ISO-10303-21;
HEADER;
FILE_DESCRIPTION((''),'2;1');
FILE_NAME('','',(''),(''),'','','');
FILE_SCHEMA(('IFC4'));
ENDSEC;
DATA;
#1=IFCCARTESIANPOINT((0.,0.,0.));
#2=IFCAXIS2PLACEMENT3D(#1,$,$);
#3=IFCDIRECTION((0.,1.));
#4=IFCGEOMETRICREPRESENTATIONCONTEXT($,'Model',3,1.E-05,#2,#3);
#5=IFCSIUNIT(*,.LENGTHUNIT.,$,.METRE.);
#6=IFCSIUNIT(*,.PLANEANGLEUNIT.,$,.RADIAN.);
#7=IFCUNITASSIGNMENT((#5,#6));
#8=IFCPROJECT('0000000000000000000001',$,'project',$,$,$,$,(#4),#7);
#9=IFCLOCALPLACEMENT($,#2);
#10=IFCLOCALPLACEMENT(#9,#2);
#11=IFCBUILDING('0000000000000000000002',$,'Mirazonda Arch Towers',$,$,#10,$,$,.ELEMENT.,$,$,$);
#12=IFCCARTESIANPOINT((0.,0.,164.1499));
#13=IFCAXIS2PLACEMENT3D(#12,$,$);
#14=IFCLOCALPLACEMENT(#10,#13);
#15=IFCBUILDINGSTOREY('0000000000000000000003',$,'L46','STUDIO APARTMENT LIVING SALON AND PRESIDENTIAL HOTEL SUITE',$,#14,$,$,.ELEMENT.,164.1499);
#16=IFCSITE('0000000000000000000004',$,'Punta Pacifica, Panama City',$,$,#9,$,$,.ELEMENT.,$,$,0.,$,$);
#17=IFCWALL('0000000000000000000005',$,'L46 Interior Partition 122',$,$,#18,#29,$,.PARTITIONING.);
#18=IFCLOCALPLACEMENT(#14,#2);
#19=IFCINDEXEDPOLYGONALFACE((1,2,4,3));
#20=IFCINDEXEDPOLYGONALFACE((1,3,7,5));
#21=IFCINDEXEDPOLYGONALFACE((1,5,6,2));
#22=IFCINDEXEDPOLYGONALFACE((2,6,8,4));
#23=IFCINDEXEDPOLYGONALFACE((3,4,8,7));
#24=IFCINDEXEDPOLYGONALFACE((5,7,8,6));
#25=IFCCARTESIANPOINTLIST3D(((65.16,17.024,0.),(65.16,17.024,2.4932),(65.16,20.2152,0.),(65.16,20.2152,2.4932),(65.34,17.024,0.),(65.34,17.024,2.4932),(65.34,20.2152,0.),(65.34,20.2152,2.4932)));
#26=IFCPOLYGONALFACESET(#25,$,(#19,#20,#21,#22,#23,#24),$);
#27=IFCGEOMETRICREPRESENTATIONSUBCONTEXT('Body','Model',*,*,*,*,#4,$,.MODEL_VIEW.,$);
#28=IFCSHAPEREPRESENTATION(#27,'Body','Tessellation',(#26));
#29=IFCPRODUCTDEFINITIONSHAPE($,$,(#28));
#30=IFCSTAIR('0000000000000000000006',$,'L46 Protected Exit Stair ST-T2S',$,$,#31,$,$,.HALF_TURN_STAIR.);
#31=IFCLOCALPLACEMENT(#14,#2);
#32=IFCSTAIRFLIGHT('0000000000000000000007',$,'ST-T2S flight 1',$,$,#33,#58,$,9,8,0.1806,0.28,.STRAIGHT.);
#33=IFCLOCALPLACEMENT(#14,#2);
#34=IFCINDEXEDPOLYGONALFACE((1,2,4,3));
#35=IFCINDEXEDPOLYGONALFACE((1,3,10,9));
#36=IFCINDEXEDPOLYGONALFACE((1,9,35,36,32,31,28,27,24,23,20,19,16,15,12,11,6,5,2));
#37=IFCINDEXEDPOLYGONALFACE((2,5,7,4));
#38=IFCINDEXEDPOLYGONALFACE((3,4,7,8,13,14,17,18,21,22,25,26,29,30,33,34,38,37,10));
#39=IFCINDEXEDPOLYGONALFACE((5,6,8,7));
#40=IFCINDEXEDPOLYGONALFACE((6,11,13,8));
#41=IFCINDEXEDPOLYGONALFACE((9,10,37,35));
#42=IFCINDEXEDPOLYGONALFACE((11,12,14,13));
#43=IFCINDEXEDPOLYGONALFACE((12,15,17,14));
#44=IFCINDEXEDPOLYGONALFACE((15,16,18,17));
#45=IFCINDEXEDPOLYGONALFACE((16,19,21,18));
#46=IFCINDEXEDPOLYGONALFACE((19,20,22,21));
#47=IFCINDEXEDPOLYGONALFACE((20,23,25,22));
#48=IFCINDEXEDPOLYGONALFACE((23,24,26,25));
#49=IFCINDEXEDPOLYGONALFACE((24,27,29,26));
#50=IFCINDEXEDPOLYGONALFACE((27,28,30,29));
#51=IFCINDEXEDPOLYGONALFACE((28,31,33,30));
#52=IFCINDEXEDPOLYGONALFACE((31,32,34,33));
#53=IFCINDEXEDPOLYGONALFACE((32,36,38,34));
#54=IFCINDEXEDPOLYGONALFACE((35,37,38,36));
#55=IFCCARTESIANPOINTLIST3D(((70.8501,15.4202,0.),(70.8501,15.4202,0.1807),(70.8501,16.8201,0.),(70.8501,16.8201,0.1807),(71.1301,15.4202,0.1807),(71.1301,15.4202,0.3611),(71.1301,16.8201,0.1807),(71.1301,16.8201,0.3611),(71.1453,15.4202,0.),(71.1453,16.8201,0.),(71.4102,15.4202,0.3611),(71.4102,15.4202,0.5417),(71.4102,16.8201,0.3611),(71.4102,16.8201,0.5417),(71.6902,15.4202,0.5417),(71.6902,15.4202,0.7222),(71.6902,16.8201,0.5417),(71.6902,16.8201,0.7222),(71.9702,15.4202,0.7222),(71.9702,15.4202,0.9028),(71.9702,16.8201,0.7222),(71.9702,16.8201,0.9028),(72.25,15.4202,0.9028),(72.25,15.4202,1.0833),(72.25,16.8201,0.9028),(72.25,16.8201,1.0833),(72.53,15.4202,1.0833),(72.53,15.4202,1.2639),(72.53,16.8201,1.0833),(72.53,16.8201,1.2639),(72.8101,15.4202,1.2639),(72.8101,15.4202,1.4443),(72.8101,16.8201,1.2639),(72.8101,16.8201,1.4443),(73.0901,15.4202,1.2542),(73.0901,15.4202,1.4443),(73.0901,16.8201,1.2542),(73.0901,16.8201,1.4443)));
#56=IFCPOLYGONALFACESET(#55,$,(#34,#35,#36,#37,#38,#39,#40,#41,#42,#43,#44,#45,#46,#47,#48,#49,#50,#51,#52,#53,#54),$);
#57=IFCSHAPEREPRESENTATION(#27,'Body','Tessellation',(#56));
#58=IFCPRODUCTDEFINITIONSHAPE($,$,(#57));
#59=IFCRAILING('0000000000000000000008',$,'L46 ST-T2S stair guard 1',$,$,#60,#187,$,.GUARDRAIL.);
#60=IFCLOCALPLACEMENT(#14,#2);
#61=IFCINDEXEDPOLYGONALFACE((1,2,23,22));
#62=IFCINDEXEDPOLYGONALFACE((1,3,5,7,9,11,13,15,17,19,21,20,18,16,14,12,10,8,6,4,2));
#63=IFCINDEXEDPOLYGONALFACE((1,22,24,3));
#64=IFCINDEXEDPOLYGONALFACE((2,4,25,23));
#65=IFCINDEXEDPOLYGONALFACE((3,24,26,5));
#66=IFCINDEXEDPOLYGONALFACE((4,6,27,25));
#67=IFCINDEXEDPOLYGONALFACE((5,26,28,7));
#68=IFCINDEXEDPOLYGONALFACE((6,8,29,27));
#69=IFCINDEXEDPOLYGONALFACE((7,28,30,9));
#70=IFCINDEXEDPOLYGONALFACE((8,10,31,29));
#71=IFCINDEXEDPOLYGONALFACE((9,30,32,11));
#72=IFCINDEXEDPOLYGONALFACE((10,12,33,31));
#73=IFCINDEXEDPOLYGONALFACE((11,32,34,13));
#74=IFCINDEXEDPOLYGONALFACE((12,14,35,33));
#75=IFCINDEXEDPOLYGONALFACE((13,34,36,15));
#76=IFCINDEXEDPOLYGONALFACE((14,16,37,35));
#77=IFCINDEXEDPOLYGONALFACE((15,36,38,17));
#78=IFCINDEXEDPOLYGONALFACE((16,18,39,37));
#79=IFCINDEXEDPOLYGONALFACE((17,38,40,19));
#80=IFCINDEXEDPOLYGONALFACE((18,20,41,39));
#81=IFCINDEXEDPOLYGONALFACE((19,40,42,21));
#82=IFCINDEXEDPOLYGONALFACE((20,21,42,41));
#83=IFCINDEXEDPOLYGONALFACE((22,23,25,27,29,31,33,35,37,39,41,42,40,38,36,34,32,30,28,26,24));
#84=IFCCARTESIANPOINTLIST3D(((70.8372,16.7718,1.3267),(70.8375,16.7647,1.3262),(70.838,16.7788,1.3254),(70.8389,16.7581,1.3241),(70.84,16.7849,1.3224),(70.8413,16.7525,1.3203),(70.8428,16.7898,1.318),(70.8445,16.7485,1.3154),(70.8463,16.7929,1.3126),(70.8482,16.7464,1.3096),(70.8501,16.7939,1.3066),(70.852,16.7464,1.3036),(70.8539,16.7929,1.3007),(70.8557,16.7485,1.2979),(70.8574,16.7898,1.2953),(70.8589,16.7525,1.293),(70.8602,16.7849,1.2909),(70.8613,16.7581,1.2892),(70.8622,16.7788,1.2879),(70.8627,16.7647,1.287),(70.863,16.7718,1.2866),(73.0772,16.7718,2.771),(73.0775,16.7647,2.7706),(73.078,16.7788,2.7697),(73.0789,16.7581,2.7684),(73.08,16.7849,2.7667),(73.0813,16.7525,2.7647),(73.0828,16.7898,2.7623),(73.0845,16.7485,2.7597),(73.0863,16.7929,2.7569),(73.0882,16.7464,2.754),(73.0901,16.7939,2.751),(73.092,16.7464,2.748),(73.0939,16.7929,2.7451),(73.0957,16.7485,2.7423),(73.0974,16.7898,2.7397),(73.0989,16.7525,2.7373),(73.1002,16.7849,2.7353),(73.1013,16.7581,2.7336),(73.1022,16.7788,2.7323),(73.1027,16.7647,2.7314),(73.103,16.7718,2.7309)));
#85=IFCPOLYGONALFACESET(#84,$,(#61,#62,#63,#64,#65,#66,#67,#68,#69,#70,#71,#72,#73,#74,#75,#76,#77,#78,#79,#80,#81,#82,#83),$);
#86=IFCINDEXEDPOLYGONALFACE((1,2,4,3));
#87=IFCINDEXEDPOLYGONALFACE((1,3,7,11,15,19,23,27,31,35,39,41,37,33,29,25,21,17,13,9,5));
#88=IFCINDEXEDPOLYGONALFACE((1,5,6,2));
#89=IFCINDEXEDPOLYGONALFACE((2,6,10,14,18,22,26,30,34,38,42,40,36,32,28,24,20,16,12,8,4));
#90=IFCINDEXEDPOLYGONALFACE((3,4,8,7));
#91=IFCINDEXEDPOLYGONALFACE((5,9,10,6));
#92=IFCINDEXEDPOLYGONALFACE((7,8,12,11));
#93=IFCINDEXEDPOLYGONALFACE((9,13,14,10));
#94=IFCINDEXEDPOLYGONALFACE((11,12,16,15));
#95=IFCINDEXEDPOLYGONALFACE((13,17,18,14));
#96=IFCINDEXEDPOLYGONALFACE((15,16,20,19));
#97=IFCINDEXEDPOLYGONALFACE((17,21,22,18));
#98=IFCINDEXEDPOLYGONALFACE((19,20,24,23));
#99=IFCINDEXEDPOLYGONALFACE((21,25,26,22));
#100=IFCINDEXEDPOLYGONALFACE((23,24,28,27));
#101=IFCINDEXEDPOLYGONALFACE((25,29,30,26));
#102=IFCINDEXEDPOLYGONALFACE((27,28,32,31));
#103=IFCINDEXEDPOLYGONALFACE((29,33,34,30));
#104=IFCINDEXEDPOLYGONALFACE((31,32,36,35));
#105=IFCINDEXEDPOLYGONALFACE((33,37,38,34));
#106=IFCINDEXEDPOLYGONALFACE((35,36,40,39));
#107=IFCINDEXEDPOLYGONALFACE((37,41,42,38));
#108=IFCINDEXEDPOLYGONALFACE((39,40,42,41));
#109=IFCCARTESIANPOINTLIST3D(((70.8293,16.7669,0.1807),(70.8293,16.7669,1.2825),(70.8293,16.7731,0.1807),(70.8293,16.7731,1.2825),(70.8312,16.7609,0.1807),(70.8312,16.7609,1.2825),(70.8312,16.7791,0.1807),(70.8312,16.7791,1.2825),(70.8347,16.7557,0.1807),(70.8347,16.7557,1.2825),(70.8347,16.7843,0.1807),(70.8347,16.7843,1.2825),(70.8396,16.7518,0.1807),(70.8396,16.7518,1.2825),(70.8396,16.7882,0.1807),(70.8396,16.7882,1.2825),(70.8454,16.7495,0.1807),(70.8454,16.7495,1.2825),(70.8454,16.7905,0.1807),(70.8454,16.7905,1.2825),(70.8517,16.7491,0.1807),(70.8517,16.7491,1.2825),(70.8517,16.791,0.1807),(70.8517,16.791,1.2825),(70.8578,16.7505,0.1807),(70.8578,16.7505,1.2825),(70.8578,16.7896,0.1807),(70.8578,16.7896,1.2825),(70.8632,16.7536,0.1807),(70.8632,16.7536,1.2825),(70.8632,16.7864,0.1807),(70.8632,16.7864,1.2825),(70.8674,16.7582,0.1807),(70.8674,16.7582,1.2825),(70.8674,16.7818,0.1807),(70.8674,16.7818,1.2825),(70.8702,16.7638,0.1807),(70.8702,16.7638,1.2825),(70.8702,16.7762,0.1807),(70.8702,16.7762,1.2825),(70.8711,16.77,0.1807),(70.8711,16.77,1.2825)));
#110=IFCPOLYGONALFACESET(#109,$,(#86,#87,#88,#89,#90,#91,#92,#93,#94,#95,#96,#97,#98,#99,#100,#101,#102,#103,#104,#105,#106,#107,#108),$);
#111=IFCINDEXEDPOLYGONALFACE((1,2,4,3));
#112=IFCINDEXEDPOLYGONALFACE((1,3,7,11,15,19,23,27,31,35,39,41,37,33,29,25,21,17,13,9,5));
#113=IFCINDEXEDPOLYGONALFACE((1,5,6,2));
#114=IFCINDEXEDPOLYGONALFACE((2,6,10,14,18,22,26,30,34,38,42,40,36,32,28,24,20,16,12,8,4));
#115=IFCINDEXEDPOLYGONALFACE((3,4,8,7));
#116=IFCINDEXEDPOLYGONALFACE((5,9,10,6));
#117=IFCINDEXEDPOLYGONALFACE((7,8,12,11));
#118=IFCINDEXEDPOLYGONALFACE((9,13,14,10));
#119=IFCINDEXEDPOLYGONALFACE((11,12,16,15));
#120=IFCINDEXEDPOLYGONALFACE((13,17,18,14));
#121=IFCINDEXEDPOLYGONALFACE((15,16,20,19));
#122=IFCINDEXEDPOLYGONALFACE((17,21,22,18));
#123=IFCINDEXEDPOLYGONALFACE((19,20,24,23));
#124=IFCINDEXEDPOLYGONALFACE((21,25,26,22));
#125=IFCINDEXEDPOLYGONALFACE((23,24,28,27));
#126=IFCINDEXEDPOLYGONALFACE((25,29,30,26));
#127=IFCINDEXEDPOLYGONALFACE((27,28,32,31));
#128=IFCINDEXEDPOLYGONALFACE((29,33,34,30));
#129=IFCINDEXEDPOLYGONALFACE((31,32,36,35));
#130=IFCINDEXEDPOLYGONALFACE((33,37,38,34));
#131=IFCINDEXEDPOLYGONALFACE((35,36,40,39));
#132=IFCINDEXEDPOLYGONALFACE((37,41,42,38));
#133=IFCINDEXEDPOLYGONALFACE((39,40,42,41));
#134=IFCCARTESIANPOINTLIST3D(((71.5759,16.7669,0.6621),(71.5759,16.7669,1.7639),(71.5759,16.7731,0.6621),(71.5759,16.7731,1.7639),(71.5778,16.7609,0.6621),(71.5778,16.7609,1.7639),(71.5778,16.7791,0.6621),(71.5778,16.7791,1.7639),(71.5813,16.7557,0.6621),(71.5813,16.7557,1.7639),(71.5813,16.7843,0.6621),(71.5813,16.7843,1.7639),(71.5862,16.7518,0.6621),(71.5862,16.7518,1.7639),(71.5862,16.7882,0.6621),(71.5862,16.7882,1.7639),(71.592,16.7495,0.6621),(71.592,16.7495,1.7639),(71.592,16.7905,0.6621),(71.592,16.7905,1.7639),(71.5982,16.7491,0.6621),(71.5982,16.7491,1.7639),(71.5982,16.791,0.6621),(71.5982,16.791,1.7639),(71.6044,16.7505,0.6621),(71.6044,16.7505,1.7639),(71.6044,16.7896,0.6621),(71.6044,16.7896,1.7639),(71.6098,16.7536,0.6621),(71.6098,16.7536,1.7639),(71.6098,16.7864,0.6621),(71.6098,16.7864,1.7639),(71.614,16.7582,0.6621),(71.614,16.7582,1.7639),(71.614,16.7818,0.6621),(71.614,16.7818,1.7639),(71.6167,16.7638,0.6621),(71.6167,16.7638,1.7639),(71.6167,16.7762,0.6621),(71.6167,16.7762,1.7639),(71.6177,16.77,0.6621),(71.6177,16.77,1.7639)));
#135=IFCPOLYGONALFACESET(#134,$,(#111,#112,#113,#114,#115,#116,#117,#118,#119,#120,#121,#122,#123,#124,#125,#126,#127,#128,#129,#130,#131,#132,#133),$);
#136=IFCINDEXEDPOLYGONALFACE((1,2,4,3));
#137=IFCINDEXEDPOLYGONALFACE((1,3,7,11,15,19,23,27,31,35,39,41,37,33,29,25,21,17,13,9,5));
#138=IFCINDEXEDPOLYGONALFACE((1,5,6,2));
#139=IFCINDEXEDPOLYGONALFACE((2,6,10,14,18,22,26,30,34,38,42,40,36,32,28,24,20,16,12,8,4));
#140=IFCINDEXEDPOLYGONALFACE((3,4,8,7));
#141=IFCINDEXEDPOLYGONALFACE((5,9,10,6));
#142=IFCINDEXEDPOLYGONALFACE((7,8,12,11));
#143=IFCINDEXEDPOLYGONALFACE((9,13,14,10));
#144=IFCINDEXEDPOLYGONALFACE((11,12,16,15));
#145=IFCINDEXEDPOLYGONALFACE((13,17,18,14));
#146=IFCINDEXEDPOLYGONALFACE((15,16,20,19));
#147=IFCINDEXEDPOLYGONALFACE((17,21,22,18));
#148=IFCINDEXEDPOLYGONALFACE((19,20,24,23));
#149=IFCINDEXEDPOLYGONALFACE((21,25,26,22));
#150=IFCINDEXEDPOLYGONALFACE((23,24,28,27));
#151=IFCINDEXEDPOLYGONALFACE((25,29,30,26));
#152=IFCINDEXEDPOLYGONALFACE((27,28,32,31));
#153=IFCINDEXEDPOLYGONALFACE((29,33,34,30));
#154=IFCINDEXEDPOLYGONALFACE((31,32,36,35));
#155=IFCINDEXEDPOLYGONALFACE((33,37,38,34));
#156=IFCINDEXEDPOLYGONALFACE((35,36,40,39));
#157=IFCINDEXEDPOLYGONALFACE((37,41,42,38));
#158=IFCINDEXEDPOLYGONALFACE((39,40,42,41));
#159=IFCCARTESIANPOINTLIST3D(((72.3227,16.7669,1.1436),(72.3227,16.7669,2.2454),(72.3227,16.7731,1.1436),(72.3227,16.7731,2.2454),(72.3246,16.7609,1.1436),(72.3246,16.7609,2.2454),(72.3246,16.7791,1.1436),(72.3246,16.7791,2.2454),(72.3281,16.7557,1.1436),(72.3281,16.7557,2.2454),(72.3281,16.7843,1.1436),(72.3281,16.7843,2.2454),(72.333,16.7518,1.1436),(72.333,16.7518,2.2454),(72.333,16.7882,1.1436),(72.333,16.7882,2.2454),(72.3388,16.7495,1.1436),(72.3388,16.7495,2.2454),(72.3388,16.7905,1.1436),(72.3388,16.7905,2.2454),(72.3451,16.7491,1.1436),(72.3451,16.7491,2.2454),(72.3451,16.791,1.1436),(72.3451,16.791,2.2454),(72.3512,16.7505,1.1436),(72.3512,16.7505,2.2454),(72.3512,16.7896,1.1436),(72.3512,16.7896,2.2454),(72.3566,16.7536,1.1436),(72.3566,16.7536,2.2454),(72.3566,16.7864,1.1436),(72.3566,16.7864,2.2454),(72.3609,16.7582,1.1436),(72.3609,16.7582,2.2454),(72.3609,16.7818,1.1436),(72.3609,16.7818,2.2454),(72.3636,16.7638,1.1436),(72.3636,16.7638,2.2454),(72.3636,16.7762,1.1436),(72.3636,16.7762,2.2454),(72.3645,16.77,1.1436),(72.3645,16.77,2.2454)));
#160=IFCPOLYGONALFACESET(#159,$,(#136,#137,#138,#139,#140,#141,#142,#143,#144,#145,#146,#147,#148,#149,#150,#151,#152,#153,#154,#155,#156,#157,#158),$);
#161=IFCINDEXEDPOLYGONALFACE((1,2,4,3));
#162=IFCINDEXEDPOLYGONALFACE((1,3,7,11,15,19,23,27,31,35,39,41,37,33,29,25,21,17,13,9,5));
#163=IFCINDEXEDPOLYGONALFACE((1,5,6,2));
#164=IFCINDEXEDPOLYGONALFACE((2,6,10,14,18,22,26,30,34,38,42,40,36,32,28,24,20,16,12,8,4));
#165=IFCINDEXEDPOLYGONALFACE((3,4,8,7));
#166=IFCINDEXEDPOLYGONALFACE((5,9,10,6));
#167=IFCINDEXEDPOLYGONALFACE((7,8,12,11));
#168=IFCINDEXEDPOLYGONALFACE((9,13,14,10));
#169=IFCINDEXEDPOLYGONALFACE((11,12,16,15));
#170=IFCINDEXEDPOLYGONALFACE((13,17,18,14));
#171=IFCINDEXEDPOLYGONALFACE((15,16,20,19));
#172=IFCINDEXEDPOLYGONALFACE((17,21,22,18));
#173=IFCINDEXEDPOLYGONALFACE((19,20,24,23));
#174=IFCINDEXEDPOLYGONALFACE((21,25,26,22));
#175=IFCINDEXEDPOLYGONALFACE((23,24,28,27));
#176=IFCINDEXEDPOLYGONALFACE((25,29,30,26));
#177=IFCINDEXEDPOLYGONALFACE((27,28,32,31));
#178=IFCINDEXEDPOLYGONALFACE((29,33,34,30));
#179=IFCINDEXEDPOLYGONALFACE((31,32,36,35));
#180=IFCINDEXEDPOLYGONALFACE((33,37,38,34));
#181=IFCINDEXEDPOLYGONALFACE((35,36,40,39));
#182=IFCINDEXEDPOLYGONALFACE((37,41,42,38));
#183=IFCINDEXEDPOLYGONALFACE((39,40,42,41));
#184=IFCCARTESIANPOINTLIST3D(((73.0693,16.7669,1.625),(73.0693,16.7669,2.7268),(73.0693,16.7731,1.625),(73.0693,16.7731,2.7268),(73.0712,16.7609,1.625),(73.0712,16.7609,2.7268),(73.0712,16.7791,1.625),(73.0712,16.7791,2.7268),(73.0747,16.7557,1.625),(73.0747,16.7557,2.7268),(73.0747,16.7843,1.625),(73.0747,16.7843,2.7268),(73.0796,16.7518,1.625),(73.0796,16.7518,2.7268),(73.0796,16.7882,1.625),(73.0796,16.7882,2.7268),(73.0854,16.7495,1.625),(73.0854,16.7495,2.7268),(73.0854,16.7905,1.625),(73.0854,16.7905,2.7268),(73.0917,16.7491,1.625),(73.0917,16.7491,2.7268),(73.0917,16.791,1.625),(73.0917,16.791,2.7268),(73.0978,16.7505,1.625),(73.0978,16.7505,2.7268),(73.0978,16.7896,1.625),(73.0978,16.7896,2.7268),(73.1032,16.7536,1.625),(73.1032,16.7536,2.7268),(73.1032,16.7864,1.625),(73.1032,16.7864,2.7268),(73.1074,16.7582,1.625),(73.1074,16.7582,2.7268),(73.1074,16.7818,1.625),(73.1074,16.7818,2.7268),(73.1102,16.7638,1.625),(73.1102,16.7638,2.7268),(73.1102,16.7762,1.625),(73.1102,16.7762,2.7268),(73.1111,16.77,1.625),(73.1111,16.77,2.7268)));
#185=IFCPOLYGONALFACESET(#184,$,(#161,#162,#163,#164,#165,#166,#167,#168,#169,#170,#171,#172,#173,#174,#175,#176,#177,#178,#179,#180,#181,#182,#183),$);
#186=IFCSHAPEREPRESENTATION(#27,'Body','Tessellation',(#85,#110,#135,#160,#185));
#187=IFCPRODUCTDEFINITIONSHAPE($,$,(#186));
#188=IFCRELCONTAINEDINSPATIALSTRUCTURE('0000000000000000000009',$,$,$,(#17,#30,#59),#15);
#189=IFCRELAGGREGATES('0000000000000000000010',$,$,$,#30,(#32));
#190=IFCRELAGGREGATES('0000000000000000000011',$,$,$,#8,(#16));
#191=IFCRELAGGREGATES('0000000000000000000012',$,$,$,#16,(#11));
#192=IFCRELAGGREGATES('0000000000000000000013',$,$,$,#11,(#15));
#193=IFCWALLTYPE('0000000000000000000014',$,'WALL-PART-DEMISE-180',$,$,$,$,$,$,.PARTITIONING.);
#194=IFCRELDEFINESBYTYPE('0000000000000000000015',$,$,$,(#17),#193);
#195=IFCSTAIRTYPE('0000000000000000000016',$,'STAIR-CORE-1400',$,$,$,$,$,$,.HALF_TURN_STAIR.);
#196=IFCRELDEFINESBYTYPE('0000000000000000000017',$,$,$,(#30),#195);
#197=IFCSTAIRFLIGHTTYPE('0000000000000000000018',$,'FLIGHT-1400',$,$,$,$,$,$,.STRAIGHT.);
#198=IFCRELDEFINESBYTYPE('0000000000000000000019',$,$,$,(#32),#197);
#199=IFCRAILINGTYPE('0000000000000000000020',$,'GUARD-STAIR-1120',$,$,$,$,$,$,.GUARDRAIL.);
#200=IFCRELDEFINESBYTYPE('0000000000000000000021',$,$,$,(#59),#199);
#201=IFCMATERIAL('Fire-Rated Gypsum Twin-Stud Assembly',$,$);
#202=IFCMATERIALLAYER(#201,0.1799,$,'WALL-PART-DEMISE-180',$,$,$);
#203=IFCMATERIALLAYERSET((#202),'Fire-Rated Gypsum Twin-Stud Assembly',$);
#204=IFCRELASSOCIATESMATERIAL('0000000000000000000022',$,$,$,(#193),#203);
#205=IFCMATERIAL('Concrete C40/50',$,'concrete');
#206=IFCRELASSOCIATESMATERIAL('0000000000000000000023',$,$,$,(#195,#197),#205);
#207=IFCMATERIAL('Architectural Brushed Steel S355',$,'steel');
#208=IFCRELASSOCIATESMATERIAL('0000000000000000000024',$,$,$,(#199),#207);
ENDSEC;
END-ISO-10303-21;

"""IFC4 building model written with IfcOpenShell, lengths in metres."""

from ifc_helpers import new_model, si_unit, direction, frame, frame_2d, origin, origin_2d, place, context, subcontext, project, spatial, polyline, rectangle, circle, outline, extrude, material, layer, layer_set, type_object, element, aggregate, save


model = new_model("IFC4")

# Units and contexts
model_context = context("Model", 3, precision=1e-05, world=origin(), true_north=direction((0.0, 1.0)))
body_context = subcontext(model_context, "Body", "Model", "MODEL_VIEW")
ifc_project = project(units=[si_unit("LENGTHUNIT", "METRE"), si_unit("PLANEANGLEUNIT", "RADIAN")], contexts=[model_context])

# Site, building, storey
site_placement = place(None, origin())
site = spatial("IfcSite", under=ifc_project, at=site_placement, Name="Punta Pacifica, Panama City", CompositionType="ELEMENT", RefElevation=0.0)
building_placement = place(site_placement, origin())
building = spatial("IfcBuilding", under=site, at=building_placement, Name="Mirazonda Arch Towers", CompositionType="ELEMENT")
storey_placement = place(building_placement, frame((0.0, 0.0, 164.1499)))
storey = spatial("IfcBuildingStorey", under=building, at=storey_placement, Name="L46", Description="STUDIO APARTMENT LIVING SALON AND PRESIDENTIAL HOTEL SUITE", CompositionType="ELEMENT", Elevation=164.1499)

# Shared definitions
ifc_material_1 = material(Name="Architectural Brushed Steel S355", Category="steel")

# Wall
ifc_material_2 = material(Name="Fire-Rated Gypsum Twin-Stud Assembly")
ifc_layer_1 = layer(ifc_material_2, 0.1799, Name="WALL-PART-DEMISE-180")
ifc_layer_set_1 = layer_set([ifc_layer_1], Name="Fire-Rated Gypsum Twin-Stud Assembly")
wall_type_1 = type_object("IfcWallType", Name="WALL-PART-DEMISE-180", PredefinedType="PARTITIONING", material=ifc_layer_set_1)
wall_1_placement = place(storey_placement, frame((65.25, 17.0239, 0.0), z_axis=(0.0, 0.0, 1.0), x_axis=(0.0, 1.0, 0.0)))
element("IfcWall", 1, at=wall_1_placement, inside=storey, type_object=wall_type_1, Name="L46 Interior Partition 122", PredefinedType="PARTITIONING", context=body_context, shape_type="SweptSolid", body=[
    extrude(rectangle(XDim=3.1912, YDim=0.1799, at=frame_2d((1.5957, 0.0))), origin(), (0.0, 0.0, 1.0), 2.4932),
])

# Stair, stair flight
ifc_material_3 = material(Name="Concrete C40/50", Category="concrete")
stair_type = type_object("IfcStairType", Name="STAIR-CORE-1400", PredefinedType="HALF_TURN_STAIR", material=ifc_material_3)
stair_placement = place(storey_placement, origin())
stair = element("IfcStair", 2, at=stair_placement, inside=storey, type_object=stair_type, Name="L46 Protected Exit Stair ST-T2S", PredefinedType="HALF_TURN_STAIR")
stair_flight_type = type_object("IfcStairFlightType", Name="FLIGHT-1400", PredefinedType="STRAIGHT", material=ifc_material_3)
stair_flight_placement = place(storey_placement, frame((70.8501, 16.1201, 0.0), z_axis=(0.0, 0.0, 1.0), x_axis=(1.0, 0.0, 0.0)))
stair_flight = element("IfcStairFlight", 3, at=stair_flight_placement, type_object=stair_flight_type, Name="ST-T2S flight 1", NumberOfRisers=9, NumberOfTreads=8, PredefinedType="STRAIGHT", RiserHeight=0.1806, TreadLength=0.28, context=body_context, shape_type="SweptSolid", body=[
    extrude(outline(polyline([(0.0, 0.0), (0.0, 0.1807), (0.28, 0.1807), (0.28, 0.3611), (0.5601, 0.3611), (0.5601, 0.5417), (0.8401, 0.5417), (0.8401, 0.7222), (1.1201, 0.7222), (1.1201, 0.9028), (1.3999, 0.9028), (1.3999, 1.0833), (1.6799, 1.0833), (1.6799, 1.2639), (1.96, 1.2639), (1.96, 1.4443), (2.24, 1.4443), (2.24, 1.625), (2.24, 1.2542), (0.2952, 0.0), (0.0, 0.0)])), frame((0.0, 0.7, 0.0), z_axis=(0.0, -1.0, 0.0), x_axis=(1.0, 0.0, 0.0)), (0.0, 0.0, 1.0), 1.3999),
])
aggregate(stair, [stair_flight])

# Railing
railing_type_1 = type_object("IfcRailingType", Name="GUARD-STAIR-1120", PredefinedType="GUARDRAIL", material=ifc_material_1)
railing_1_placement = place(storey_placement, frame((70.8501, 16.77, 0.1807)))
element("IfcRailing", 4, at=railing_1_placement, inside=storey, type_object=railing_type_1, Name="L46 ST-T2S stair guard 1", PredefinedType="GUARDRAIL", context=body_context, shape_type="SweptSolid", body=[
    extrude(circle(Radius=0.0239, at=origin_2d()), frame((0.0, 0.0, 1.126), z_axis=(0.840437, 0.0, 0.54191), x_axis=(0.0, 1.0, 0.0)), (0.0, 0.0, 1.0), 2.6653),
    extrude(circle(Radius=0.021, at=origin_2d()), origin(), (0.0, 0.0, 1.0), 1.1018),
    extrude(circle(Radius=0.021, at=origin_2d()), frame((0.7466, 0.0, 0.4814)), (0.0, 0.0, 1.0), 1.1018),
    extrude(circle(Radius=0.021, at=origin_2d()), frame((1.4934, 0.0, 0.9629)), (0.0, 0.0, 1.0), 1.1018),
    extrude(circle(Radius=0.021, at=origin_2d()), frame((2.24, 0.0, 1.4443)), (0.0, 0.0, 1.0), 1.1018),
])

save(model, "model.ifc")
